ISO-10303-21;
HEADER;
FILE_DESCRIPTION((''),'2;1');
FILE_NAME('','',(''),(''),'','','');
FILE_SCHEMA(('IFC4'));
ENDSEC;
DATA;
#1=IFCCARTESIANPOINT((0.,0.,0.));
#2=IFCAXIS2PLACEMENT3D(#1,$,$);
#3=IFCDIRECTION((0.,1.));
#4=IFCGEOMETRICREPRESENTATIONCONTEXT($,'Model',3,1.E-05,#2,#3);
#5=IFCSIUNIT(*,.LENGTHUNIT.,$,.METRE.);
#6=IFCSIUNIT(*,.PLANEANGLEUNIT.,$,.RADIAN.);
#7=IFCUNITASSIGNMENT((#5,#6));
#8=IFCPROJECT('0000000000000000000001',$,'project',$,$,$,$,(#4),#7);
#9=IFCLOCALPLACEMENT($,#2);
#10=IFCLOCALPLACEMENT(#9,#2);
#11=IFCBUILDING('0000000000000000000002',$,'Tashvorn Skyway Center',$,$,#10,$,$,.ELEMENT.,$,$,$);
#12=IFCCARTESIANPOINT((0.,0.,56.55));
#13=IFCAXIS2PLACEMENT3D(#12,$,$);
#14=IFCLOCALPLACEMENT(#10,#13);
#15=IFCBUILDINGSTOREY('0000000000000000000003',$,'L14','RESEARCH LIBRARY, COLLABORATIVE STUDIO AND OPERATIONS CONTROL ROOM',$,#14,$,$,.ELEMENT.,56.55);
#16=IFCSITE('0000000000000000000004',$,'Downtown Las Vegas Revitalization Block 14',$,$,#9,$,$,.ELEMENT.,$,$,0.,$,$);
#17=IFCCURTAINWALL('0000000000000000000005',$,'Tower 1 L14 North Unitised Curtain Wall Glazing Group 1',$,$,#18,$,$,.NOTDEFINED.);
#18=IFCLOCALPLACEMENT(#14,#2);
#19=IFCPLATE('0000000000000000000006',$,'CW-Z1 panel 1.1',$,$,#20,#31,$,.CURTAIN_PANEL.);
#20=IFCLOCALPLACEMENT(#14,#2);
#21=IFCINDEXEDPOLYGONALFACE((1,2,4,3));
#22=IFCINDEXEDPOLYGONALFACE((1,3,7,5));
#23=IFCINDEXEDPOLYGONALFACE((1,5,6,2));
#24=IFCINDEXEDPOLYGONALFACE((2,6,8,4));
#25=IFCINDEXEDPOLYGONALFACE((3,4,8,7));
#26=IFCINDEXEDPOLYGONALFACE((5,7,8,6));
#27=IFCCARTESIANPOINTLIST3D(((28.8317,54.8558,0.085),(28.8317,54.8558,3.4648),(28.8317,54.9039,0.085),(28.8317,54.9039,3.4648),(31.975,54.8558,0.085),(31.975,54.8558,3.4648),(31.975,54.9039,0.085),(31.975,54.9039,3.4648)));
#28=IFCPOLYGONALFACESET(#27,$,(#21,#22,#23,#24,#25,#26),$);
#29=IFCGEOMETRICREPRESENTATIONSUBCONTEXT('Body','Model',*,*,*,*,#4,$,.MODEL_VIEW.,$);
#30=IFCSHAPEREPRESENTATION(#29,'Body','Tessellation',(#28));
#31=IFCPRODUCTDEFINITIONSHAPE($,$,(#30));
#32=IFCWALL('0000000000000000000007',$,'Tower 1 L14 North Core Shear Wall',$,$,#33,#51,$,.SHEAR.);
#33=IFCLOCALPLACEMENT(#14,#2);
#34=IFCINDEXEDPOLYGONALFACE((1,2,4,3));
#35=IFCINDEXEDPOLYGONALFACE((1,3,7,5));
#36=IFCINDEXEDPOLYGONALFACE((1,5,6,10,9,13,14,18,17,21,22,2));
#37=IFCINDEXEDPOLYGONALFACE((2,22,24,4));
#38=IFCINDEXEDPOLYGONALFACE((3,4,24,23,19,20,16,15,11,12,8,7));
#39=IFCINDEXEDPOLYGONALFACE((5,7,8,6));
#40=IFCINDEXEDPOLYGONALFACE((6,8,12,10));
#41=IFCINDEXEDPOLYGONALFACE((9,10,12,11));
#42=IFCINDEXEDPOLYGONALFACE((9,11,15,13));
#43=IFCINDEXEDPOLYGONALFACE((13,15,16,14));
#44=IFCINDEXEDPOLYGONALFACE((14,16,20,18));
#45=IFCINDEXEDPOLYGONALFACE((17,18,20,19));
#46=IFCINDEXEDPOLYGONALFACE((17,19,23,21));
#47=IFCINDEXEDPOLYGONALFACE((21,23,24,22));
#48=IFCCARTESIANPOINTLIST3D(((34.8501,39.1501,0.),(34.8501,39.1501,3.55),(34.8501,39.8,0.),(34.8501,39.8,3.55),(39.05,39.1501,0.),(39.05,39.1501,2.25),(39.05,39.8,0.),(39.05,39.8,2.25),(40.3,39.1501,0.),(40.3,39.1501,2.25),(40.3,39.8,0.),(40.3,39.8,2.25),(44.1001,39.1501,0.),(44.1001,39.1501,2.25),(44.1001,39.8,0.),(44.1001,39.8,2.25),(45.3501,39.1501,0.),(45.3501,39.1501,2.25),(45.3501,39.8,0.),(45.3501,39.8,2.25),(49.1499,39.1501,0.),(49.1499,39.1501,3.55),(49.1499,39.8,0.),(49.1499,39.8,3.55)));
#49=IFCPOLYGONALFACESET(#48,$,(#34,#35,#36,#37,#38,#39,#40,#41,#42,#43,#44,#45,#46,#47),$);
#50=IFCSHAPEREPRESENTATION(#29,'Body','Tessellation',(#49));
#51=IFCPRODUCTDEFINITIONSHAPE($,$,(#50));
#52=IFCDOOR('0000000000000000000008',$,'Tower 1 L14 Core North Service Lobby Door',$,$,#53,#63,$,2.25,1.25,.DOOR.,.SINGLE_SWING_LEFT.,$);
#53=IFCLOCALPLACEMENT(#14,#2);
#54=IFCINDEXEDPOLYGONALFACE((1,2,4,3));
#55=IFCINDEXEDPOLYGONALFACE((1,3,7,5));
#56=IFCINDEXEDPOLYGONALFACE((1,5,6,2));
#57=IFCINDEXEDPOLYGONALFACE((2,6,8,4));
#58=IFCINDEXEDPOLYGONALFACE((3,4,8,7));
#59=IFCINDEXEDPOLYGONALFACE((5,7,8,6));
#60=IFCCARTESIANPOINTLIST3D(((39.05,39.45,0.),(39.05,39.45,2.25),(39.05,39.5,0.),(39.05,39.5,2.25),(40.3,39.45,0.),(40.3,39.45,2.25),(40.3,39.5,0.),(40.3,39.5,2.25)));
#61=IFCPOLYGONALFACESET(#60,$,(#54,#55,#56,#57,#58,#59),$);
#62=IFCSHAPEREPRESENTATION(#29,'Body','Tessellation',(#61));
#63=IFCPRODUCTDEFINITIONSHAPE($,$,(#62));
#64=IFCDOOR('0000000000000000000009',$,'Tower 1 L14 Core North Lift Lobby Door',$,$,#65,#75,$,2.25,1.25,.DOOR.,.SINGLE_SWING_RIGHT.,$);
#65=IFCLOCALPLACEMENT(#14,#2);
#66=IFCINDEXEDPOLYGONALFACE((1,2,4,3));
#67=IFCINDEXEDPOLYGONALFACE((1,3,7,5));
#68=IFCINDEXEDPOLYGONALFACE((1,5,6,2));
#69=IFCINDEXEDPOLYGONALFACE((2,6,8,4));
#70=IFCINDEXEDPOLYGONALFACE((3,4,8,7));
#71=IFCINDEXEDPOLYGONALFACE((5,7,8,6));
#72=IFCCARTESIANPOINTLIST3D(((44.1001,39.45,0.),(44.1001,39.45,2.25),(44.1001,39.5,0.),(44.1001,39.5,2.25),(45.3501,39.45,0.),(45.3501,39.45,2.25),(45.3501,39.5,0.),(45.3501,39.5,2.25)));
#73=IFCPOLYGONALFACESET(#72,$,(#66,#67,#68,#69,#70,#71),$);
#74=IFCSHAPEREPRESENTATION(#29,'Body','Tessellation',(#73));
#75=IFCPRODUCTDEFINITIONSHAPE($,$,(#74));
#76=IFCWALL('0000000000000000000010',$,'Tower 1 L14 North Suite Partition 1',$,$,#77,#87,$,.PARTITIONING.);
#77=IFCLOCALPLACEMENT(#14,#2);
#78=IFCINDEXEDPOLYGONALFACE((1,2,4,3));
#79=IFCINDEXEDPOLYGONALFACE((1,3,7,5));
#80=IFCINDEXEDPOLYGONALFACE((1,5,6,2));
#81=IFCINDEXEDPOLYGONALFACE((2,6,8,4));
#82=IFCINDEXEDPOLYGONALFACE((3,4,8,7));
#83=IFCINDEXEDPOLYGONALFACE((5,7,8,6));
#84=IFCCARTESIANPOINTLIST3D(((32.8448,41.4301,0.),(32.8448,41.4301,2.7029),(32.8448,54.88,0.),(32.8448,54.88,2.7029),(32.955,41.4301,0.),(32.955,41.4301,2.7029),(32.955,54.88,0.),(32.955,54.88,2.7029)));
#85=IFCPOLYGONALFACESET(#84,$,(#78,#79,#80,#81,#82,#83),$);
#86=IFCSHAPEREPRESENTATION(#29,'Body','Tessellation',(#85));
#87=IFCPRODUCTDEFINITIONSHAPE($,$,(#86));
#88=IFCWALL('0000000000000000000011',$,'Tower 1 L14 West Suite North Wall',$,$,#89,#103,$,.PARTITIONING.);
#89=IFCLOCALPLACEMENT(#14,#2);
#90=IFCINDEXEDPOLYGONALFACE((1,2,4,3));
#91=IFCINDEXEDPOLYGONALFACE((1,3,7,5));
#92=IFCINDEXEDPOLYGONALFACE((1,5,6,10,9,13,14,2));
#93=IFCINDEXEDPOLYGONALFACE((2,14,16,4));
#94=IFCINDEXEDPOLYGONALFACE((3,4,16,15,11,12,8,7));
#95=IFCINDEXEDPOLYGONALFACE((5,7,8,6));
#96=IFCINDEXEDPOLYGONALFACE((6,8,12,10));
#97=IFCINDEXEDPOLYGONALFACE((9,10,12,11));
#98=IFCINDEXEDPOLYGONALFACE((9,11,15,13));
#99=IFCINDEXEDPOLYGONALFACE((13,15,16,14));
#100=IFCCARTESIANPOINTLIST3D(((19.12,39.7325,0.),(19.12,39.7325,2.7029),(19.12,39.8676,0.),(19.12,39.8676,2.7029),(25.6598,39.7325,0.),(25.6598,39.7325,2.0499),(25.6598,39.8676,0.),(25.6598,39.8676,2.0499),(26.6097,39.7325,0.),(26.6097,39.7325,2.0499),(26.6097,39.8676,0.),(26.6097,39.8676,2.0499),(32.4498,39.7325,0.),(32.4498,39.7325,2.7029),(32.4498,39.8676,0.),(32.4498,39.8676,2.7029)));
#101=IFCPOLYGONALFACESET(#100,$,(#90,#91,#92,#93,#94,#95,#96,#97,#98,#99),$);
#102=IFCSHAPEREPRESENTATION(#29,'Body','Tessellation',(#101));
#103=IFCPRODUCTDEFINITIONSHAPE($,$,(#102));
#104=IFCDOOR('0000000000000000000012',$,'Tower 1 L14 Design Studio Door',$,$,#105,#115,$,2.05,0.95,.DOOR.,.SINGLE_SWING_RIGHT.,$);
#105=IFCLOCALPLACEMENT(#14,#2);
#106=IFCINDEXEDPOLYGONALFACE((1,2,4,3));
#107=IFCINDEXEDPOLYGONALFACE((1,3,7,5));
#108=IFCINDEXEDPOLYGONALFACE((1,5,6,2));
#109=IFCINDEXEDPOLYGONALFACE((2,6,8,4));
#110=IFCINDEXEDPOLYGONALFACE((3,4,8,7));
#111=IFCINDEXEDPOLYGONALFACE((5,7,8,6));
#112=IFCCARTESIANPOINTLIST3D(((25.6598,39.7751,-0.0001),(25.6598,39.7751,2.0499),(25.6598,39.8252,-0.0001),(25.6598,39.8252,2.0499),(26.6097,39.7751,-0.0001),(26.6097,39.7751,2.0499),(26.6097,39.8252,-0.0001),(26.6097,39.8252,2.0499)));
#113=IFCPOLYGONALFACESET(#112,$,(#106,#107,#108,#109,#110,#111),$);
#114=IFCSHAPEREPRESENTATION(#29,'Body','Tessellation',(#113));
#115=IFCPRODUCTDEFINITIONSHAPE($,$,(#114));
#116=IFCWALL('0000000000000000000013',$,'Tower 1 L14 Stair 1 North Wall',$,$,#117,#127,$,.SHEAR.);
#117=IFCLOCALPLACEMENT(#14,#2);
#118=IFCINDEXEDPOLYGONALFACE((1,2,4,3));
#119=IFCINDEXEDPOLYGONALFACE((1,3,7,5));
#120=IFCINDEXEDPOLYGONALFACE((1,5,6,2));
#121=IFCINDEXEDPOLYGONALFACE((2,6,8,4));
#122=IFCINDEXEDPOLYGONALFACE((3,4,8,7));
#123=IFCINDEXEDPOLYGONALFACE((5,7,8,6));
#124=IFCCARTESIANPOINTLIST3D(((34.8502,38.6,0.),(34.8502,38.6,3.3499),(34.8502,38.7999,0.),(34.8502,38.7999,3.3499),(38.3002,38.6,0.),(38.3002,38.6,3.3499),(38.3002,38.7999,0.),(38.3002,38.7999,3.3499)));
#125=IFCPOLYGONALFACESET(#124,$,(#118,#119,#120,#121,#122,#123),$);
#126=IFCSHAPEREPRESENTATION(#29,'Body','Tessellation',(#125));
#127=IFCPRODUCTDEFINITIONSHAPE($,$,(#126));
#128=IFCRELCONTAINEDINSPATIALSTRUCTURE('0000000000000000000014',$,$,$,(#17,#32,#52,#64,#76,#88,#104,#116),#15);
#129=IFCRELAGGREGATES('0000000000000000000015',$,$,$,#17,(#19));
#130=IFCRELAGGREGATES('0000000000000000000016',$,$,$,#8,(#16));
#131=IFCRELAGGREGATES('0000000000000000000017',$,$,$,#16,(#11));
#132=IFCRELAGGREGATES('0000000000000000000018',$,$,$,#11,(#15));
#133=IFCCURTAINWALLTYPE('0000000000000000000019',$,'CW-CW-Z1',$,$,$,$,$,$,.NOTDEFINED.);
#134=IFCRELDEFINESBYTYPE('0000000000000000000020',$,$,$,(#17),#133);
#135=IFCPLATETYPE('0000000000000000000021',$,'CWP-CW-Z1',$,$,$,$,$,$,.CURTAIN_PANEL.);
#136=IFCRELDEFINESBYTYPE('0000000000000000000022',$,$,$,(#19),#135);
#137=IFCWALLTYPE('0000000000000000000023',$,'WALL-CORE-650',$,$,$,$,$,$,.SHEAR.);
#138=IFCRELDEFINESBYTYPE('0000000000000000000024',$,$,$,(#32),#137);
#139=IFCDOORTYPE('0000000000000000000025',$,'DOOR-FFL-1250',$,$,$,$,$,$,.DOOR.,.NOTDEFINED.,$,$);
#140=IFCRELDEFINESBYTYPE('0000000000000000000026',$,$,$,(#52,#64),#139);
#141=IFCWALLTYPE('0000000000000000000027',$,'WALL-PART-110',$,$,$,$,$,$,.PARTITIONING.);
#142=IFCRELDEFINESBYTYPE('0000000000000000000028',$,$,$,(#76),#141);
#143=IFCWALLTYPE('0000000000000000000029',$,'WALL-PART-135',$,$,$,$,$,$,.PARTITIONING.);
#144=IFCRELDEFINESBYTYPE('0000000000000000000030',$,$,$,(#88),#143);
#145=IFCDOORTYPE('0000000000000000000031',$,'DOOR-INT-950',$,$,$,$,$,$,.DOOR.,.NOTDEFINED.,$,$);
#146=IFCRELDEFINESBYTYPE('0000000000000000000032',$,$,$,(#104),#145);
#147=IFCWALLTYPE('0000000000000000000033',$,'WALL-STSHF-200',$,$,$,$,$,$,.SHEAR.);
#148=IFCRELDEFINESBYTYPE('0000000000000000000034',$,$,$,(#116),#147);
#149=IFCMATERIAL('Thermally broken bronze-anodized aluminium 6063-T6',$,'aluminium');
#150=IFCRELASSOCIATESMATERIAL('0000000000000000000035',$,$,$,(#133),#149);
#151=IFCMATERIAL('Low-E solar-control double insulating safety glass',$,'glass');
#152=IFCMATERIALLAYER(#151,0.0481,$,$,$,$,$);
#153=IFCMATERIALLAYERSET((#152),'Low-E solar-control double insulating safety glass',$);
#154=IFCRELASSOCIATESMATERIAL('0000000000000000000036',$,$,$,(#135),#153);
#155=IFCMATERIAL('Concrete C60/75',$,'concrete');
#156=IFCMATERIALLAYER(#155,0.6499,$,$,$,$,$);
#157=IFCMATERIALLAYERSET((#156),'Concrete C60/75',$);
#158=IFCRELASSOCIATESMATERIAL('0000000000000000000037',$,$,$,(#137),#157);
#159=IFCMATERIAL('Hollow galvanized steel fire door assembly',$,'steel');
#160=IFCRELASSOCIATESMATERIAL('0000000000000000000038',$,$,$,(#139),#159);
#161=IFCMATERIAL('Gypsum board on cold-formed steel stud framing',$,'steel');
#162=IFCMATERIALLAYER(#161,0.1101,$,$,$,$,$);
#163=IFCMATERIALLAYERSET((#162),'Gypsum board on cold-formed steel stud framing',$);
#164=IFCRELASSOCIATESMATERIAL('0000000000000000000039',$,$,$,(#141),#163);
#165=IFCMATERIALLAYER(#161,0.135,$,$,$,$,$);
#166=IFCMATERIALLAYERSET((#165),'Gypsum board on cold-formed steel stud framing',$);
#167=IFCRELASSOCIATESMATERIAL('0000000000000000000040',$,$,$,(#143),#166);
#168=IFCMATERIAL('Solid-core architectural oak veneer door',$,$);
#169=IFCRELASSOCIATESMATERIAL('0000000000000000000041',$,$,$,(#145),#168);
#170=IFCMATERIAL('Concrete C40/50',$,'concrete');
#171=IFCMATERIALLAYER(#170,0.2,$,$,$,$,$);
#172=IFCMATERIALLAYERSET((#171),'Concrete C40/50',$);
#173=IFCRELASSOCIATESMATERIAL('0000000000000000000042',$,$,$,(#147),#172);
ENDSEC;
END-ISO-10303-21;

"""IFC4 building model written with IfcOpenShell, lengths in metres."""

from ifc_helpers import new_model, si_unit, direction, frame, frame_2d, origin, origin_2d, place, context, subcontext, project, spatial, rectangle, extrude, material, layer, layer_set, type_object, element, fill, aggregate, save


model = new_model("IFC4")

# Units and contexts
model_context = context("Model", 3, precision=1e-05, world=origin(), true_north=direction((0.0, 1.0)))
body_context = subcontext(model_context, "Body", "Model", "MODEL_VIEW")
ifc_project = project(units=[si_unit("LENGTHUNIT", "METRE"), si_unit("PLANEANGLEUNIT", "RADIAN")], contexts=[model_context])

# Site, building, storey
site_placement = place(None, origin())
site = spatial("IfcSite", under=ifc_project, at=site_placement, Name="Downtown Las Vegas Revitalization Block 14", CompositionType="ELEMENT", RefElevation=0.0)
building_placement = place(site_placement, origin())
building = spatial("IfcBuilding", under=site, at=building_placement, Name="Tashvorn Skyway Center", CompositionType="ELEMENT")
storey_placement = place(building_placement, frame((0.0, 0.0, 56.55)))
storey = spatial("IfcBuildingStorey", under=building, at=storey_placement, Name="L14", Description="RESEARCH LIBRARY, COLLABORATIVE STUDIO AND OPERATIONS CONTROL ROOM", CompositionType="ELEMENT", Elevation=56.55)

# Curtain wall
ifc_material_1 = material(Name="Thermally broken bronze-anodized aluminium 6063-T6", Category="aluminium")
curtain_wall_type = type_object("IfcCurtainWallType", Name="CW-CW-Z1", PredefinedType="NOTDEFINED", material=ifc_material_1)
curtain_wall_1_placement = place(storey_placement, origin())
curtain_wall_1 = element("IfcCurtainWall", 1, at=curtain_wall_1_placement, inside=storey, type_object=curtain_wall_type, Name="Tower 1 L14 North Unitised Curtain Wall Glazing Group 1", PredefinedType="NOTDEFINED")

# Plate
ifc_material_2 = material(Name="Low-E solar-control double insulating safety glass", Category="glass")
ifc_layer_1 = layer(ifc_material_2, 0.0481)
ifc_layer_set_1 = layer_set([ifc_layer_1], Name="Low-E solar-control double insulating safety glass")
plate_type = type_object("IfcPlateType", Name="CWP-CW-Z1", PredefinedType="CURTAIN_PANEL", material=ifc_layer_set_1)
plate_placement = place(storey_placement, frame((30.4033, 54.8799, 0.085), z_axis=(0.0, 0.0, 1.0), x_axis=(1.0, 0.0, 0.0)))
plate = element("IfcPlate", 2, at=plate_placement, type_object=plate_type, Name="CW-Z1 panel 1.1", PredefinedType="CURTAIN_PANEL", context=body_context, shape_type="SweptSolid", body=[
    extrude(rectangle(XDim=3.1433, YDim=0.0481, at=origin_2d()), origin(), (0.0, 0.0, 1.0), 3.3799),
])
aggregate(curtain_wall_1, [plate])

# Wall, openings, doors
ifc_material_3 = material(Name="Concrete C60/75", Category="concrete")
ifc_layer_2 = layer(ifc_material_3, 0.6499)
ifc_layer_set_2 = layer_set([ifc_layer_2], Name="Concrete C60/75")
wall_type_1 = type_object("IfcWallType", Name="WALL-CORE-650", PredefinedType="SHEAR", material=ifc_layer_set_2)
wall_1_placement = place(storey_placement, frame((34.8501, 39.4751, 0.0), z_axis=(0.0, 0.0, 1.0), x_axis=(1.0, 0.0, 0.0)))
wall_1 = element("IfcWall", 3, at=wall_1_placement, inside=storey, type_object=wall_type_1, Name="Tower 1 L14 North Core Shear Wall", PredefinedType="SHEAR", context=body_context, shape_type="SweptSolid", body=[
    extrude(rectangle(XDim=14.2998, YDim=0.6499, at=frame_2d((7.1499, 0.0))), origin(), (0.0, 0.0, 1.0), 3.55),
])
opening_1_placement = place(wall_1_placement, frame((4.2, 0.0, 0.0)))
opening_1 = element("IfcOpeningElement", 4, at=opening_1_placement, cuts=wall_1, PredefinedType="OPENING", context=body_context, shape_type="SweptSolid", body=[
    extrude(rectangle(XDim=1.25, YDim=2.25, at=frame_2d((0.625, 1.125))), frame((0.0, 0.335, 0.0), z_axis=(0.0, -1.0, 0.0), x_axis=(1.0, 0.0, 0.0)), (0.0, 0.0, 1.0), 0.6699),
])
opening_2_placement = place(wall_1_placement, frame((9.25, 0.0, 0.0)))
opening_2 = element("IfcOpeningElement", 5, at=opening_2_placement, cuts=wall_1, PredefinedType="OPENING", context=body_context, shape_type="SweptSolid", body=[
    extrude(rectangle(XDim=1.25, YDim=2.25, at=frame_2d((0.625, 1.125))), frame((0.0, 0.335, 0.0), z_axis=(0.0, -1.0, 0.0), x_axis=(1.0, 0.0, 0.0)), (0.0, 0.0, 1.0), 0.6699),
])
ifc_material_4 = material(Name="Hollow galvanized steel fire door assembly", Category="steel")
door_type_1 = type_object("IfcDoorType", Name="DOOR-FFL-1250", OperationType="NOTDEFINED", PredefinedType="DOOR", material=ifc_material_4)
door_1_placement = place(opening_1_placement, origin())
door_1 = element("IfcDoor", 6, at=door_1_placement, inside=storey, type_object=door_type_1, Name="Tower 1 L14 Core North Service Lobby Door", OperationType="SINGLE_SWING_LEFT", OverallHeight=2.25, OverallWidth=1.25, PredefinedType="DOOR", context=body_context, shape_type="SweptSolid", body=[
    extrude(rectangle(XDim=1.25, YDim=2.25, at=frame_2d((0.625, 1.125))), frame((0.0, 0.0249, 0.0), z_axis=(0.0, -1.0, 0.0), x_axis=(1.0, 0.0, 0.0)), (0.0, 0.0, 1.0), 0.05),
])
fill(opening_1, door_1)
door_2_placement = place(opening_2_placement, origin())
door_2 = element("IfcDoor", 7, at=door_2_placement, inside=storey, type_object=door_type_1, Name="Tower 1 L14 Core North Lift Lobby Door", OperationType="SINGLE_SWING_RIGHT", OverallHeight=2.25, OverallWidth=1.25, PredefinedType="DOOR", context=body_context, shape_type="SweptSolid", body=[
    extrude(rectangle(XDim=1.25, YDim=2.25, at=frame_2d((0.625, 1.125))), frame((0.0, 0.0249, 0.0), z_axis=(0.0, -1.0, 0.0), x_axis=(1.0, 0.0, 0.0)), (0.0, 0.0, 1.0), 0.05),
])
fill(opening_2, door_2)

# Wall
ifc_material_5 = material(Name="Gypsum board on cold-formed steel stud framing", Category="steel")
ifc_layer_3 = layer(ifc_material_5, 0.1101)
ifc_layer_set_3 = layer_set([ifc_layer_3], Name="Gypsum board on cold-formed steel stud framing")
wall_type_2 = type_object("IfcWallType", Name="WALL-PART-110", PredefinedType="PARTITIONING", material=ifc_layer_set_3)
wall_2_placement = place(storey_placement, frame((32.8999, 41.4299, 0.0), z_axis=(0.0, 0.0, 1.0), x_axis=(0.0, 1.0, 0.0)))
element("IfcWall", 8, at=wall_2_placement, inside=storey, type_object=wall_type_2, Name="Tower 1 L14 North Suite Partition 1", PredefinedType="PARTITIONING", context=body_context, shape_type="SweptSolid", body=[
    extrude(rectangle(XDim=13.45, YDim=0.1101, at=frame_2d((6.7251, 0.0))), origin(), (0.0, 0.0, 1.0), 2.7029),
])

# Wall, opening, door
ifc_layer_4 = layer(ifc_material_5, 0.135)
ifc_layer_set_4 = layer_set([ifc_layer_4], Name="Gypsum board on cold-formed steel stud framing")
wall_type_3 = type_object("IfcWallType", Name="WALL-PART-135", PredefinedType="PARTITIONING", material=ifc_layer_set_4)
wall_3_placement = place(storey_placement, frame((32.45, 39.8, 0.0), z_axis=(0.0, 0.0, 1.0), x_axis=(-1.0, 0.0, 0.0)))
wall_3 = element("IfcWall", 9, at=wall_3_placement, inside=storey, type_object=wall_type_3, Name="Tower 1 L14 West Suite North Wall", PredefinedType="PARTITIONING", context=body_context, shape_type="SweptSolid", body=[
    extrude(rectangle(XDim=13.3298, YDim=0.135, at=frame_2d((6.665, 0.0))), origin(), (0.0, 0.0, 1.0), 2.7029),
])
opening_3_placement = place(wall_3_placement, frame((5.8401, 0.0, 0.0)))
opening_3 = element("IfcOpeningElement", 10, at=opening_3_placement, cuts=wall_3, PredefinedType="OPENING", context=body_context, shape_type="SweptSolid", body=[
    extrude(rectangle(XDim=0.95, YDim=2.05, at=frame_2d((0.4751, 1.0249))), frame((0.0, 0.0774, 0.0), z_axis=(0.0, -1.0, 0.0), x_axis=(1.0, 0.0, 0.0)), (0.0, 0.0, 1.0), 0.155),
])
ifc_material_6 = material(Name="Solid-core architectural oak veneer door")
door_type_2 = type_object("IfcDoorType", Name="DOOR-INT-950", OperationType="NOTDEFINED", PredefinedType="DOOR", material=ifc_material_6)
door_3_placement = place(opening_3_placement, origin())
door_3 = element("IfcDoor", 11, at=door_3_placement, inside=storey, type_object=door_type_2, Name="Tower 1 L14 Design Studio Door", OperationType="SINGLE_SWING_RIGHT", OverallHeight=2.05, OverallWidth=0.95, PredefinedType="DOOR", context=body_context, shape_type="SweptSolid", body=[
    extrude(rectangle(XDim=0.95, YDim=2.05, at=frame_2d((0.4751, 1.0249))), frame((0.0, 0.0249, 0.0), z_axis=(0.0, -1.0, 0.0), x_axis=(1.0, 0.0, 0.0)), (0.0, 0.0, 1.0), 0.05),
])
fill(opening_3, door_3)

# Wall
ifc_material_7 = material(Name="Concrete C40/50", Category="concrete")
ifc_layer_5 = layer(ifc_material_7, 0.2)
ifc_layer_set_5 = layer_set([ifc_layer_5], Name="Concrete C40/50")
wall_type_4 = type_object("IfcWallType", Name="WALL-STSHF-200", PredefinedType="SHEAR", material=ifc_layer_set_5)
wall_4_placement = place(storey_placement, frame((34.8501, 38.7, 0.0), z_axis=(0.0, 0.0, 1.0), x_axis=(1.0, 0.0, 0.0)))
element("IfcWall", 12, at=wall_4_placement, inside=storey, type_object=wall_type_4, Name="Tower 1 L14 Stair 1 North Wall", PredefinedType="SHEAR", context=body_context, shape_type="SweptSolid", body=[
    extrude(rectangle(XDim=3.45, YDim=0.2, at=frame_2d((1.7251, 0.0))), origin(), (0.0, 0.0, 1.0), 3.3499),
])

save(model, "model.ifc")
